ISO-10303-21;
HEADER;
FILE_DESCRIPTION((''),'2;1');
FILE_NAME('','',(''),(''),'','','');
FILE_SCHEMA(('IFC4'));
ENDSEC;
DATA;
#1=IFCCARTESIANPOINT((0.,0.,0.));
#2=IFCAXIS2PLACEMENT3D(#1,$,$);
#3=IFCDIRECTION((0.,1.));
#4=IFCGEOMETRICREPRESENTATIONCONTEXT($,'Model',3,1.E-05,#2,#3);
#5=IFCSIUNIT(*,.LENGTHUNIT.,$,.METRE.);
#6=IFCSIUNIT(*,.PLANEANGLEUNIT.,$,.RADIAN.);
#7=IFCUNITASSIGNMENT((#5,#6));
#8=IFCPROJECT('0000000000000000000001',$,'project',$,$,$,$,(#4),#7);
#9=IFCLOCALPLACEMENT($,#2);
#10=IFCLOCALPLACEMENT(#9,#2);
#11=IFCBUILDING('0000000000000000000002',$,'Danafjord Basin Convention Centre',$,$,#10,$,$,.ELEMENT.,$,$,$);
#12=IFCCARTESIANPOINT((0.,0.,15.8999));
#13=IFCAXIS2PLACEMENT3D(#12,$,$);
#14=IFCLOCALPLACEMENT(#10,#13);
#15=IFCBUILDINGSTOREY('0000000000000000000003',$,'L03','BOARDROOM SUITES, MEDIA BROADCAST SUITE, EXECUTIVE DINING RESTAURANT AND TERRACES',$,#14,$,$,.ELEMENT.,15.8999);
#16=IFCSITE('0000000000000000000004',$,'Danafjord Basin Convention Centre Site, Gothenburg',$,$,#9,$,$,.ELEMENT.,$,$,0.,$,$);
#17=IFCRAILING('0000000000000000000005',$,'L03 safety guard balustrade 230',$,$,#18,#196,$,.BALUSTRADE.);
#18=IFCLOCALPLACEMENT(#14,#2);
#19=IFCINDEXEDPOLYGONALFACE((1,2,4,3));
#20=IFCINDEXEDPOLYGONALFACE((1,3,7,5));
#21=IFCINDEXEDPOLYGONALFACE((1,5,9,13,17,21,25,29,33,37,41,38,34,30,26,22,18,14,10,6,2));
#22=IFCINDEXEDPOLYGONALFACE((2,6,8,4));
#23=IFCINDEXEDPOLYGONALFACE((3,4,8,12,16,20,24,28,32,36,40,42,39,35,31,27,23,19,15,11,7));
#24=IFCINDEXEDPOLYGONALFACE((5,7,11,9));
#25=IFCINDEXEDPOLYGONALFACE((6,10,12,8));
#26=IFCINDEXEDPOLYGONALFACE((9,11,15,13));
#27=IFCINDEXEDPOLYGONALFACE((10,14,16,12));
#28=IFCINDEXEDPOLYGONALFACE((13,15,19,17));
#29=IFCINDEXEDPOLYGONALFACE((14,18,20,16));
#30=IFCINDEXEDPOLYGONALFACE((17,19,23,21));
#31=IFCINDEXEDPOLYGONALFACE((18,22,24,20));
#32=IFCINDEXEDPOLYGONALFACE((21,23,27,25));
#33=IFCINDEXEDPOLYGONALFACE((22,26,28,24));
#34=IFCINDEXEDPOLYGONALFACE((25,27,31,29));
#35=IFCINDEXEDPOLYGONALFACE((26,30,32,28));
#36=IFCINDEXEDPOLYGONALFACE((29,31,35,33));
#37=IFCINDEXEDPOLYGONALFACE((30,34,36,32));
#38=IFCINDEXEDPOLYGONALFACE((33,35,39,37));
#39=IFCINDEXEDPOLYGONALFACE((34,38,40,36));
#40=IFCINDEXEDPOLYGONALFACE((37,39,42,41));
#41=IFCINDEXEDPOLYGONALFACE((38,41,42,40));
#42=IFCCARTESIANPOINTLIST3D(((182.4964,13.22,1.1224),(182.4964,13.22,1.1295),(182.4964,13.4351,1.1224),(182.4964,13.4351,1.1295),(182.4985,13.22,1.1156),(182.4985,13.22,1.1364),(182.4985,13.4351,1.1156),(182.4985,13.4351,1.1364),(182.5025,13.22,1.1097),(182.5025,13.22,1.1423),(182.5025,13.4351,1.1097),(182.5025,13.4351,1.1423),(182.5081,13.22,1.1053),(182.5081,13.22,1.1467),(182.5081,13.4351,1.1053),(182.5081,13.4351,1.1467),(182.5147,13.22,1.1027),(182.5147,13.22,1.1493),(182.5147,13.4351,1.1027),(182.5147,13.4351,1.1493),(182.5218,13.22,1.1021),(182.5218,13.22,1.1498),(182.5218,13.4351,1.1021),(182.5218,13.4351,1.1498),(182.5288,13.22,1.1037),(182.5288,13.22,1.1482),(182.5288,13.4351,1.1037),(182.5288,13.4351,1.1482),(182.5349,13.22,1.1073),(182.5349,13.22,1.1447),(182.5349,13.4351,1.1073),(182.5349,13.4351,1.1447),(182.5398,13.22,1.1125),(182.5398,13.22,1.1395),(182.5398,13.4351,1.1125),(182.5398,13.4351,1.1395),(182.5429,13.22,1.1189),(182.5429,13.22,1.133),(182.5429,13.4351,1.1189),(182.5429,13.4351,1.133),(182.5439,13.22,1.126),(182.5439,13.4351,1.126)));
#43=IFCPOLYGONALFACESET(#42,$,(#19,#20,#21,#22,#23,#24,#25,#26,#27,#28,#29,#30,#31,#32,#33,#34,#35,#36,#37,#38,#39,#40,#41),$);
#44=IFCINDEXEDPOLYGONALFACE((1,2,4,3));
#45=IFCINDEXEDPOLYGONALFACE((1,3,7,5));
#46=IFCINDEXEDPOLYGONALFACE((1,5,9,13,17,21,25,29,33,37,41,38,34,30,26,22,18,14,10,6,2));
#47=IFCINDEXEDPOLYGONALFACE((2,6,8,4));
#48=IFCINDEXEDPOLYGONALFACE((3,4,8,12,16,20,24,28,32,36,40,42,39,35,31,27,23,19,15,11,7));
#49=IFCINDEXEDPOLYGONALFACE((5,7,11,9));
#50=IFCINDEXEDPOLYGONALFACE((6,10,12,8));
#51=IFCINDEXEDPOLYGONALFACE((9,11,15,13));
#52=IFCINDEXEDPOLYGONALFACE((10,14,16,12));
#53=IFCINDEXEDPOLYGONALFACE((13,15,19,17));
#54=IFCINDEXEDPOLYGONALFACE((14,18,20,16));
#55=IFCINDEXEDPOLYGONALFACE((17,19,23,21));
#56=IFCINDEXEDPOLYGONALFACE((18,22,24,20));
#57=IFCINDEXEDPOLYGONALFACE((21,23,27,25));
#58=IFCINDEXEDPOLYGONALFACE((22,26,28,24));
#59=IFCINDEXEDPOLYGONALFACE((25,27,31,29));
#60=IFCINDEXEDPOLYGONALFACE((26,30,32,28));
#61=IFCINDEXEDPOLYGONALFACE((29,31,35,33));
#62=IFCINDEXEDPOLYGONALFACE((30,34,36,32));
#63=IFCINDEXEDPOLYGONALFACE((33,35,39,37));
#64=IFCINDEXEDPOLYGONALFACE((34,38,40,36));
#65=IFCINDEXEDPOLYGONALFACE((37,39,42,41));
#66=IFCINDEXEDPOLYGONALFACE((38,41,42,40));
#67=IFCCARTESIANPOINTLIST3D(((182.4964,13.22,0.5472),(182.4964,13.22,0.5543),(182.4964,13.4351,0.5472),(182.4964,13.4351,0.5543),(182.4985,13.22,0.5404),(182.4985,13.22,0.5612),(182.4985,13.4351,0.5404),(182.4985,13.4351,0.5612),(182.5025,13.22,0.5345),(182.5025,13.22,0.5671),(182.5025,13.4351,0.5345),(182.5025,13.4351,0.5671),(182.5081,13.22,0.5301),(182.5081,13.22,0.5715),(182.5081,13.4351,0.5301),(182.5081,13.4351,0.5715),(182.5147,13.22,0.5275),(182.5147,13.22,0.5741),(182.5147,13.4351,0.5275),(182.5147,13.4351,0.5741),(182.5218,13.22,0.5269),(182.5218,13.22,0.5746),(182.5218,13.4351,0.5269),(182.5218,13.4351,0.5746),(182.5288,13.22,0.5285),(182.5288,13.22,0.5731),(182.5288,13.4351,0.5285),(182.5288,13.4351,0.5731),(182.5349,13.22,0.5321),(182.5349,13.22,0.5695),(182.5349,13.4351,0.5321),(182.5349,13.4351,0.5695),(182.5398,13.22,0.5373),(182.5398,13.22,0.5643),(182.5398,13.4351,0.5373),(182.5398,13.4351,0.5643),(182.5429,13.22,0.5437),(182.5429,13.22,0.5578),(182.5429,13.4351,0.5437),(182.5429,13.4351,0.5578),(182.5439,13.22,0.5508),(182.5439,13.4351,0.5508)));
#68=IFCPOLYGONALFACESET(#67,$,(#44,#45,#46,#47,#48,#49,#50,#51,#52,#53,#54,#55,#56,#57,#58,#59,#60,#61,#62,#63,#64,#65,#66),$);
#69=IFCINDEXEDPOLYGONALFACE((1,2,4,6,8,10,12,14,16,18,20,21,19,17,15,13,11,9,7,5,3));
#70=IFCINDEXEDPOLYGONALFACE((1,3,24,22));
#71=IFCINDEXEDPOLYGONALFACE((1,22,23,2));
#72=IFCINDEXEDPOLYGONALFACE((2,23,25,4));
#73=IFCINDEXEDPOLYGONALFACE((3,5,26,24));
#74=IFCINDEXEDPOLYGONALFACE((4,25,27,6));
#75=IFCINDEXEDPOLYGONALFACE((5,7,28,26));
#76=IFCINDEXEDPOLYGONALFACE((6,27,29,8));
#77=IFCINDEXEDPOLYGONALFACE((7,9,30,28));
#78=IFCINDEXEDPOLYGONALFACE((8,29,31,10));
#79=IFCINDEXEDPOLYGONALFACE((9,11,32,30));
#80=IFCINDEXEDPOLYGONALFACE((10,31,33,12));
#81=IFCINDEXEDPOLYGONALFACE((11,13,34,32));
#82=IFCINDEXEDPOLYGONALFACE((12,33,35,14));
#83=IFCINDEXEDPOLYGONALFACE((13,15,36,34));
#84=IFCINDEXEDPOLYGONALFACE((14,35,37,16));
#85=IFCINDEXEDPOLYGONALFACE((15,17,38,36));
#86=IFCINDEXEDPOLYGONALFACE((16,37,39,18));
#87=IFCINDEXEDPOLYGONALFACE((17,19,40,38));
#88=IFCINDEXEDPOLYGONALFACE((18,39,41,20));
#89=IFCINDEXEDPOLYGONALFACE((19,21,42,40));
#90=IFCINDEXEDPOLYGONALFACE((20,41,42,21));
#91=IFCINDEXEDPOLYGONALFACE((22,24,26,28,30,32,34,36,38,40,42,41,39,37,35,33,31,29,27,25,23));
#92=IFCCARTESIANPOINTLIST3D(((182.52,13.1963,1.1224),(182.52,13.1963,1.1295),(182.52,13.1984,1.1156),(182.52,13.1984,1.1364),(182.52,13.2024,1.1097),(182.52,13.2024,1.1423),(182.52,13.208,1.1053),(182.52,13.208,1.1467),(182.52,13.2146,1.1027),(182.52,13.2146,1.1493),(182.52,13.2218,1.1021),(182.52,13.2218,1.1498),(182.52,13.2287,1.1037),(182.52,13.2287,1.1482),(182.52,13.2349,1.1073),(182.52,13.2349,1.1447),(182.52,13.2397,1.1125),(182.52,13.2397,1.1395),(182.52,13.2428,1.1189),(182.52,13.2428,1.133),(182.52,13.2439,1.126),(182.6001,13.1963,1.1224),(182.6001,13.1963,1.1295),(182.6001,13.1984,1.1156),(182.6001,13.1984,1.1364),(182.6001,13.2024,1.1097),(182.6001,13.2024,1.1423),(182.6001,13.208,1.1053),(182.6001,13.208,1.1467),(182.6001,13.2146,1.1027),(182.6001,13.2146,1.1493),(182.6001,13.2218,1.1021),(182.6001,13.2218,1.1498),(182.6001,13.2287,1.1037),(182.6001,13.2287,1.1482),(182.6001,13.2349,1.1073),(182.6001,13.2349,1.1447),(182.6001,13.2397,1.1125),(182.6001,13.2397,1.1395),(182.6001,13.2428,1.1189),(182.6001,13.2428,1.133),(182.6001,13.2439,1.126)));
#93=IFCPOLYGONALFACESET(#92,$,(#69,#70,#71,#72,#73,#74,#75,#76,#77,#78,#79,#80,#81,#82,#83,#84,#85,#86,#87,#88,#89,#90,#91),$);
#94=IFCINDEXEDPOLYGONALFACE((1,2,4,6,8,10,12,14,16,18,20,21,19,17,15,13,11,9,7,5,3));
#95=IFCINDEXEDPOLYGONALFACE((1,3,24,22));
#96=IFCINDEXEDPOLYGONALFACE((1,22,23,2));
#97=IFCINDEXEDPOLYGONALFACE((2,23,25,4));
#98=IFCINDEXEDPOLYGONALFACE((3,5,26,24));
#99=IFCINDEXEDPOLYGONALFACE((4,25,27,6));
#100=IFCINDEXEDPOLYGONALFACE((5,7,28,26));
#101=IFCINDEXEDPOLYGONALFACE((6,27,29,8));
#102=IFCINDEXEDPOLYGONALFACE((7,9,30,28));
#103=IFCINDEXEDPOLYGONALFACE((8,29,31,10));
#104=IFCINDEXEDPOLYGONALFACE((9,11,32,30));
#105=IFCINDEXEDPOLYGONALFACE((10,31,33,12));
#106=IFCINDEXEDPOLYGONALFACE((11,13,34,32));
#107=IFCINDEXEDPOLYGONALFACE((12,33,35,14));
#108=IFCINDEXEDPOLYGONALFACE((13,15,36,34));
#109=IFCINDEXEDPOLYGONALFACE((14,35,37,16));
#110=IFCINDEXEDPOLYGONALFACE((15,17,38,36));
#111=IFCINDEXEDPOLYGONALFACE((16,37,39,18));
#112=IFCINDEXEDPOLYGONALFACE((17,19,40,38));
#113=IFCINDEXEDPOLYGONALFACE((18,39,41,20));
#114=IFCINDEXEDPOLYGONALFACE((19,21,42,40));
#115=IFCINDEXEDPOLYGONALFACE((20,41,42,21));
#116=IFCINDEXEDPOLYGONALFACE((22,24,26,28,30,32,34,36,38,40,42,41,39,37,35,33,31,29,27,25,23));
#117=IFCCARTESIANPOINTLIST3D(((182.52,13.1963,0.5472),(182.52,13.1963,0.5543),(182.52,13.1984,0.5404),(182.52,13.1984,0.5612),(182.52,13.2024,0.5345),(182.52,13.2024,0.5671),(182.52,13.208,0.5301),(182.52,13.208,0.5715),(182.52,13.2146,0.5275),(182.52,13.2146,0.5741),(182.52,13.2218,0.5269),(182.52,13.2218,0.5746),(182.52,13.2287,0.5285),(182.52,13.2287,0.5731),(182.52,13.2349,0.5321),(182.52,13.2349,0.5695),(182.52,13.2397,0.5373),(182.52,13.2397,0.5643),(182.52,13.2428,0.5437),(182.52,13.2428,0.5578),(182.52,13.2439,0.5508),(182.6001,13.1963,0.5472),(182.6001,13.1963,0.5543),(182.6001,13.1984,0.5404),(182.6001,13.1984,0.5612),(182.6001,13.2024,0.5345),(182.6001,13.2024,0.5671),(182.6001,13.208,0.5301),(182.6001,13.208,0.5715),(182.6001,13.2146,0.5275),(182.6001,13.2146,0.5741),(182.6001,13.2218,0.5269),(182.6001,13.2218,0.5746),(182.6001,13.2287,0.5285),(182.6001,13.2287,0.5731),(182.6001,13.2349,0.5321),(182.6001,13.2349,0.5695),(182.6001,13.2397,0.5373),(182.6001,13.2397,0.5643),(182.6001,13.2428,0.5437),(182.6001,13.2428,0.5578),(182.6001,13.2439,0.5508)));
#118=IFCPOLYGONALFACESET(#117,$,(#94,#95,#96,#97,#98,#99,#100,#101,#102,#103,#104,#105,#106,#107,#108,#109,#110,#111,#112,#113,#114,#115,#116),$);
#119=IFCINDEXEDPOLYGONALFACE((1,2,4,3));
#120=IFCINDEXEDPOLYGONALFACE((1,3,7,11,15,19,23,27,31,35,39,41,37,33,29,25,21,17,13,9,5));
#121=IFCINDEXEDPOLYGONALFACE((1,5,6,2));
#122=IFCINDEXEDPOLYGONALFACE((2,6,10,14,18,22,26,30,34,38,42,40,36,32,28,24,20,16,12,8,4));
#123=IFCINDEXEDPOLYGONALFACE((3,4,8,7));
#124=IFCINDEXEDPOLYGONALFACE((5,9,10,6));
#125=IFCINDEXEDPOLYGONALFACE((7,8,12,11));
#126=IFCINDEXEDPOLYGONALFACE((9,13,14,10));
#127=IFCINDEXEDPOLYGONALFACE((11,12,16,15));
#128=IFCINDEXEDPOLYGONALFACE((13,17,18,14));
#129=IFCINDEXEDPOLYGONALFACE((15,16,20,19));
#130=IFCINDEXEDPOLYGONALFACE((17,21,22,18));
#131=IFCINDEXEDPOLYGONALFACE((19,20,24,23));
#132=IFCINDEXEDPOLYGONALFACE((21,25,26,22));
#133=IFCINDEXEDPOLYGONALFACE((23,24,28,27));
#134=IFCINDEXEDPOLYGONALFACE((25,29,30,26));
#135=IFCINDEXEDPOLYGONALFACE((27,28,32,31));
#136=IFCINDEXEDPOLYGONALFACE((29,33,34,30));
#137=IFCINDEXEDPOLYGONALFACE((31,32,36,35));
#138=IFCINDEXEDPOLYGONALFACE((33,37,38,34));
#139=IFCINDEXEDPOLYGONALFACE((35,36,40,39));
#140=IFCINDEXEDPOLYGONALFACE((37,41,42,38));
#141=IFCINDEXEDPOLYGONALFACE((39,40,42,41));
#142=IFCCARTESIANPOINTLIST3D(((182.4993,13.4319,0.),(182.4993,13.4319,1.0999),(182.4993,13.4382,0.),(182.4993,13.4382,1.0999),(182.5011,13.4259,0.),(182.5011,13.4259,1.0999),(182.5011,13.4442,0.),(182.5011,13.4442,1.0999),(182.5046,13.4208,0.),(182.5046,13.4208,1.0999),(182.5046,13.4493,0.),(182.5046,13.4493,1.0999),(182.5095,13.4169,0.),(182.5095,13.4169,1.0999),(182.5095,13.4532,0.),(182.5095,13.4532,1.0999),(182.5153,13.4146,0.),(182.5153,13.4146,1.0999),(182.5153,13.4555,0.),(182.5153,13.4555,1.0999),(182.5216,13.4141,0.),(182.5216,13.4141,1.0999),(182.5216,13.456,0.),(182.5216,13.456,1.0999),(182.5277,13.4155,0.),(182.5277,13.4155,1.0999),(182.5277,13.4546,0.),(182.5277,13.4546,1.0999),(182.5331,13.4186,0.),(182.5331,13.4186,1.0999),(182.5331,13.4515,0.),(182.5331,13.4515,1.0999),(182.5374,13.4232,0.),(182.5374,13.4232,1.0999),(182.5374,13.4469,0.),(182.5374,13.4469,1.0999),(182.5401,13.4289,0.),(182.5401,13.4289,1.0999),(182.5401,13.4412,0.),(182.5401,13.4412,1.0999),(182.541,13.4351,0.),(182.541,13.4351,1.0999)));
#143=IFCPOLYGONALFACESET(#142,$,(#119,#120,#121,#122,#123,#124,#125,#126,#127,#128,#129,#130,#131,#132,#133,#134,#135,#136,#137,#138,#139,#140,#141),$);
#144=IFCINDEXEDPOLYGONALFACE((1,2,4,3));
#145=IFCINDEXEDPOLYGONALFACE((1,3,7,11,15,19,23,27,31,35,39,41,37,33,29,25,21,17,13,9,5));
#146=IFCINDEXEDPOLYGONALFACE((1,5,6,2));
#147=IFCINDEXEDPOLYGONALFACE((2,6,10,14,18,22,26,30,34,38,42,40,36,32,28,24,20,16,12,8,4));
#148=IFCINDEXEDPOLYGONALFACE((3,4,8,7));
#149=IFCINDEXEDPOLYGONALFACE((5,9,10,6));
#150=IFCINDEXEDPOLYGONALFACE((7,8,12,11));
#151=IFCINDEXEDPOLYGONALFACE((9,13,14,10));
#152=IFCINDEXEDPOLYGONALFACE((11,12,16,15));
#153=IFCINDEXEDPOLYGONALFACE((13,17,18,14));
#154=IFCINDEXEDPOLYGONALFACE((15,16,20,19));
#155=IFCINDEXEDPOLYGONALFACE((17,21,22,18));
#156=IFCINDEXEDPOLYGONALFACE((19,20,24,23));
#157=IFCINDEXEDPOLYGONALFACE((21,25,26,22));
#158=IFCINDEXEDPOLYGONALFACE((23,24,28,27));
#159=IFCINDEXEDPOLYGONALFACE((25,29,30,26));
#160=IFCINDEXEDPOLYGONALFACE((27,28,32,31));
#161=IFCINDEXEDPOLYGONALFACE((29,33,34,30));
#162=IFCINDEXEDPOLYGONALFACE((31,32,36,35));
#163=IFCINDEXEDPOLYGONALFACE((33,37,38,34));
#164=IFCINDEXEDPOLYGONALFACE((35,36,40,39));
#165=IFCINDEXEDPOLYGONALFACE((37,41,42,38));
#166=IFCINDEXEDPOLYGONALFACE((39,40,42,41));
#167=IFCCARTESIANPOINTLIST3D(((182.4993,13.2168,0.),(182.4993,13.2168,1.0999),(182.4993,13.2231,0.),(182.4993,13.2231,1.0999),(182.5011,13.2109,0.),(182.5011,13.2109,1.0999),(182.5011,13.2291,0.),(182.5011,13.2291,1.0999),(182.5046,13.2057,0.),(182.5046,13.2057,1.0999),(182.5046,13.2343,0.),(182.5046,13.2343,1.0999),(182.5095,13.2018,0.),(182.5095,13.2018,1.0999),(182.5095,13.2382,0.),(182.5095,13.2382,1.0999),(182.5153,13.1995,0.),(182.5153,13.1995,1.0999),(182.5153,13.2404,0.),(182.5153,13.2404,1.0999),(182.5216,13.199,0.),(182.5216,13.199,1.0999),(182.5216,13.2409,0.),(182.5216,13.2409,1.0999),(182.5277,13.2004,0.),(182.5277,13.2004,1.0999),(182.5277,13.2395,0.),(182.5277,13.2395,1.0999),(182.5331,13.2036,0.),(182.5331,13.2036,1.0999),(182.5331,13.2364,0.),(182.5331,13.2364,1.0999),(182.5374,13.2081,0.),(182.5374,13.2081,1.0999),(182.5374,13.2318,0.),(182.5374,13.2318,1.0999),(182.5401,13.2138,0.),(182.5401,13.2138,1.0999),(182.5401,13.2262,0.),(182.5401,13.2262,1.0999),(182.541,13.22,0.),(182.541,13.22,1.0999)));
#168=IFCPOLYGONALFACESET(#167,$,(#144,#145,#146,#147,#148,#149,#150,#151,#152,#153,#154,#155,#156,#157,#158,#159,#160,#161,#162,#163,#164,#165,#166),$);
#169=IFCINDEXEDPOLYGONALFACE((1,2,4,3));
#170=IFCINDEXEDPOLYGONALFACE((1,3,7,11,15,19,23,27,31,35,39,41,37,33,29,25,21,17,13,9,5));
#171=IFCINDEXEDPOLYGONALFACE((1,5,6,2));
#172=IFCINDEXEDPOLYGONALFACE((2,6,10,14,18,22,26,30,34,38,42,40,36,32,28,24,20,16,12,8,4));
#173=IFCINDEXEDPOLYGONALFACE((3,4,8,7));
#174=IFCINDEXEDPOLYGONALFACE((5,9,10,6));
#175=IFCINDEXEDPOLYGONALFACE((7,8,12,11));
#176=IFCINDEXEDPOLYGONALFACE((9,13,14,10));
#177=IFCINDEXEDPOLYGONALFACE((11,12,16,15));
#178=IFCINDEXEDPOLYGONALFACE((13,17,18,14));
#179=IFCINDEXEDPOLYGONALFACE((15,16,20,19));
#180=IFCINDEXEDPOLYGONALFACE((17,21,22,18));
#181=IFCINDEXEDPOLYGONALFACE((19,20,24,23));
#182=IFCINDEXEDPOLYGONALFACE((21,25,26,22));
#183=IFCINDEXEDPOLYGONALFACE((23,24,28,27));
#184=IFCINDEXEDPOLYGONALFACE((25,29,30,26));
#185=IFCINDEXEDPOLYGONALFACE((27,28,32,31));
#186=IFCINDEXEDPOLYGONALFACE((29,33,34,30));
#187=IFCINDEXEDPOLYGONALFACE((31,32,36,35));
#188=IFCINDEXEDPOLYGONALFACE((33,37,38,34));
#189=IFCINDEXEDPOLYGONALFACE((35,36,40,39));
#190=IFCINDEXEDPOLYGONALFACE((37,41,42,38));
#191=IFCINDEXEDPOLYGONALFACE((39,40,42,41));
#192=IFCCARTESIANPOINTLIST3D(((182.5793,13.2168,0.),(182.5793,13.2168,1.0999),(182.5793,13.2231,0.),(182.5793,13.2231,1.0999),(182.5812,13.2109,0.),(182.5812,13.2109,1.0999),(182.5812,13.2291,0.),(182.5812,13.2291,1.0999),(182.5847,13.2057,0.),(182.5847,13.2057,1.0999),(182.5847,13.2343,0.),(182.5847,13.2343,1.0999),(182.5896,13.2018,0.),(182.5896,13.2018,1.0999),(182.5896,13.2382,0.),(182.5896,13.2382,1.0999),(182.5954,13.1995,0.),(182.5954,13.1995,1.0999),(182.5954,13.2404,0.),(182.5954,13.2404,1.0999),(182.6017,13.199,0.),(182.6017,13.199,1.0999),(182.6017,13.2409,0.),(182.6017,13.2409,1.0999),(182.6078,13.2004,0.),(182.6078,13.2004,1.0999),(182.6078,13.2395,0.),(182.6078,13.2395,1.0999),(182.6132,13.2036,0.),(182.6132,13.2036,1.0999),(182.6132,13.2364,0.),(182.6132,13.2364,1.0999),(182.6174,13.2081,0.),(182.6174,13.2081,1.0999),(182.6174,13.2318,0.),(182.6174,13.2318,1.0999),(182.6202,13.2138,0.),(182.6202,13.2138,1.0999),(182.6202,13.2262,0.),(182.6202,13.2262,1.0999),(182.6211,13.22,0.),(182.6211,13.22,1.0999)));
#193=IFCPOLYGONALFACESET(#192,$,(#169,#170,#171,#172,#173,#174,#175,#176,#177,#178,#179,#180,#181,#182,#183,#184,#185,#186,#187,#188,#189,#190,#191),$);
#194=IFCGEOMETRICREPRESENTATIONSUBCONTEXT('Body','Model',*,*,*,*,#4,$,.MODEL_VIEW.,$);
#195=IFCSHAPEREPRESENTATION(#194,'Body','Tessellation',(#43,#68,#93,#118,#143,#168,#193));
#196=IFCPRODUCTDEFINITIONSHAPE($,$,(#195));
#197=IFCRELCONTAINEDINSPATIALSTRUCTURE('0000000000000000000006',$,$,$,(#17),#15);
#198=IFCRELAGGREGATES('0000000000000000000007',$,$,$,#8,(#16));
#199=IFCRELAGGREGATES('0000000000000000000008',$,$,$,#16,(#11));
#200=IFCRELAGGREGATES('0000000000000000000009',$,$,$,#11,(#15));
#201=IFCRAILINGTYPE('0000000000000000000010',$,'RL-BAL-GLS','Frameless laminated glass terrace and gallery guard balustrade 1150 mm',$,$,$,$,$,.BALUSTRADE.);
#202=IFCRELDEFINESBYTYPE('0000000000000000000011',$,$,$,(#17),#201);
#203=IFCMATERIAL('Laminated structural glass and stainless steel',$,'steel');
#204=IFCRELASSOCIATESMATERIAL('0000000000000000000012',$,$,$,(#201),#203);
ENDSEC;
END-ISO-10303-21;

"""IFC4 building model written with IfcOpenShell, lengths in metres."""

from ifc_helpers import new_model, si_unit, direction, frame, origin, origin_2d, place, context, subcontext, project, spatial, circle, extrude, material, type_object, element, save


model = new_model("IFC4")

# Units and contexts
model_context = context("Model", 3, precision=1e-05, world=origin(), true_north=direction((0.0, 1.0)))
body_context = subcontext(model_context, "Body", "Model", "MODEL_VIEW")
ifc_project = project(units=[si_unit("LENGTHUNIT", "METRE"), si_unit("PLANEANGLEUNIT", "RADIAN")], contexts=[model_context])

# Site, building, storey
site_placement = place(None, origin())
site = spatial("IfcSite", under=ifc_project, at=site_placement, Name="Danafjord Basin Convention Centre Site, Gothenburg", CompositionType="ELEMENT", RefElevation=0.0)
building_placement = place(site_placement, origin())
building = spatial("IfcBuilding", under=site, at=building_placement, Name="Danafjord Basin Convention Centre", CompositionType="ELEMENT")
storey_placement = place(building_placement, frame((0.0, 0.0, 15.8999)))
storey = spatial("IfcBuildingStorey", under=building, at=storey_placement, Name="L03", Description="BOARDROOM SUITES, MEDIA BROADCAST SUITE, EXECUTIVE DINING RESTAURANT AND TERRACES", CompositionType="ELEMENT", Elevation=15.8999)

# Railing
ifc_material_1 = material(Name="Laminated structural glass and stainless steel", Category="steel")
railing_type_1 = type_object("IfcRailingType", Name="RL-BAL-GLS", Description="Frameless laminated glass terrace and gallery guard balustrade 1150 mm", PredefinedType="BALUSTRADE", material=ifc_material_1)
railing_1_placement = place(storey_placement, frame((182.52, 13.4351, 0.0)))
element("IfcRailing", 1, at=railing_1_placement, inside=storey, type_object=railing_type_1, Name="L03 safety guard balustrade 230", PredefinedType="BALUSTRADE", context=body_context, shape_type="SweptSolid", body=[
    extrude(circle(Radius=0.0239, at=origin_2d()), frame((0.0, 0.0, 1.126), z_axis=(0.0, -1.0, 0.0), x_axis=(1.0, 0.0, 0.0)), (0.0, 0.0, 1.0), 0.2151),
    extrude(circle(Radius=0.0239, at=origin_2d()), frame((0.0, 0.0, 0.5508), z_axis=(0.0, -1.0, 0.0), x_axis=(1.0, 0.0, 0.0)), (0.0, 0.0, 1.0), 0.2151),
    extrude(circle(Radius=0.0239, at=origin_2d()), frame((0.0, -0.2151, 1.126), z_axis=(1.0, 0.0, 0.0), x_axis=(0.0, 1.0, 0.0)), (0.0, 0.0, 1.0), 0.0801),
    extrude(circle(Radius=0.0239, at=origin_2d()), frame((0.0, -0.2151, 0.5508), z_axis=(1.0, 0.0, 0.0), x_axis=(0.0, 1.0, 0.0)), (0.0, 0.0, 1.0), 0.0801),
    extrude(circle(Radius=0.021, at=origin_2d()), origin(), (0.0, 0.0, 1.0), 1.0999),
    extrude(circle(Radius=0.021, at=origin_2d()), frame((0.0, -0.2151, 0.0)), (0.0, 0.0, 1.0), 1.0999),
    extrude(circle(Radius=0.021, at=origin_2d()), frame((0.0801, -0.2151, 0.0)), (0.0, 0.0, 1.0), 1.0999),
])

save(model, "model.ifc")
